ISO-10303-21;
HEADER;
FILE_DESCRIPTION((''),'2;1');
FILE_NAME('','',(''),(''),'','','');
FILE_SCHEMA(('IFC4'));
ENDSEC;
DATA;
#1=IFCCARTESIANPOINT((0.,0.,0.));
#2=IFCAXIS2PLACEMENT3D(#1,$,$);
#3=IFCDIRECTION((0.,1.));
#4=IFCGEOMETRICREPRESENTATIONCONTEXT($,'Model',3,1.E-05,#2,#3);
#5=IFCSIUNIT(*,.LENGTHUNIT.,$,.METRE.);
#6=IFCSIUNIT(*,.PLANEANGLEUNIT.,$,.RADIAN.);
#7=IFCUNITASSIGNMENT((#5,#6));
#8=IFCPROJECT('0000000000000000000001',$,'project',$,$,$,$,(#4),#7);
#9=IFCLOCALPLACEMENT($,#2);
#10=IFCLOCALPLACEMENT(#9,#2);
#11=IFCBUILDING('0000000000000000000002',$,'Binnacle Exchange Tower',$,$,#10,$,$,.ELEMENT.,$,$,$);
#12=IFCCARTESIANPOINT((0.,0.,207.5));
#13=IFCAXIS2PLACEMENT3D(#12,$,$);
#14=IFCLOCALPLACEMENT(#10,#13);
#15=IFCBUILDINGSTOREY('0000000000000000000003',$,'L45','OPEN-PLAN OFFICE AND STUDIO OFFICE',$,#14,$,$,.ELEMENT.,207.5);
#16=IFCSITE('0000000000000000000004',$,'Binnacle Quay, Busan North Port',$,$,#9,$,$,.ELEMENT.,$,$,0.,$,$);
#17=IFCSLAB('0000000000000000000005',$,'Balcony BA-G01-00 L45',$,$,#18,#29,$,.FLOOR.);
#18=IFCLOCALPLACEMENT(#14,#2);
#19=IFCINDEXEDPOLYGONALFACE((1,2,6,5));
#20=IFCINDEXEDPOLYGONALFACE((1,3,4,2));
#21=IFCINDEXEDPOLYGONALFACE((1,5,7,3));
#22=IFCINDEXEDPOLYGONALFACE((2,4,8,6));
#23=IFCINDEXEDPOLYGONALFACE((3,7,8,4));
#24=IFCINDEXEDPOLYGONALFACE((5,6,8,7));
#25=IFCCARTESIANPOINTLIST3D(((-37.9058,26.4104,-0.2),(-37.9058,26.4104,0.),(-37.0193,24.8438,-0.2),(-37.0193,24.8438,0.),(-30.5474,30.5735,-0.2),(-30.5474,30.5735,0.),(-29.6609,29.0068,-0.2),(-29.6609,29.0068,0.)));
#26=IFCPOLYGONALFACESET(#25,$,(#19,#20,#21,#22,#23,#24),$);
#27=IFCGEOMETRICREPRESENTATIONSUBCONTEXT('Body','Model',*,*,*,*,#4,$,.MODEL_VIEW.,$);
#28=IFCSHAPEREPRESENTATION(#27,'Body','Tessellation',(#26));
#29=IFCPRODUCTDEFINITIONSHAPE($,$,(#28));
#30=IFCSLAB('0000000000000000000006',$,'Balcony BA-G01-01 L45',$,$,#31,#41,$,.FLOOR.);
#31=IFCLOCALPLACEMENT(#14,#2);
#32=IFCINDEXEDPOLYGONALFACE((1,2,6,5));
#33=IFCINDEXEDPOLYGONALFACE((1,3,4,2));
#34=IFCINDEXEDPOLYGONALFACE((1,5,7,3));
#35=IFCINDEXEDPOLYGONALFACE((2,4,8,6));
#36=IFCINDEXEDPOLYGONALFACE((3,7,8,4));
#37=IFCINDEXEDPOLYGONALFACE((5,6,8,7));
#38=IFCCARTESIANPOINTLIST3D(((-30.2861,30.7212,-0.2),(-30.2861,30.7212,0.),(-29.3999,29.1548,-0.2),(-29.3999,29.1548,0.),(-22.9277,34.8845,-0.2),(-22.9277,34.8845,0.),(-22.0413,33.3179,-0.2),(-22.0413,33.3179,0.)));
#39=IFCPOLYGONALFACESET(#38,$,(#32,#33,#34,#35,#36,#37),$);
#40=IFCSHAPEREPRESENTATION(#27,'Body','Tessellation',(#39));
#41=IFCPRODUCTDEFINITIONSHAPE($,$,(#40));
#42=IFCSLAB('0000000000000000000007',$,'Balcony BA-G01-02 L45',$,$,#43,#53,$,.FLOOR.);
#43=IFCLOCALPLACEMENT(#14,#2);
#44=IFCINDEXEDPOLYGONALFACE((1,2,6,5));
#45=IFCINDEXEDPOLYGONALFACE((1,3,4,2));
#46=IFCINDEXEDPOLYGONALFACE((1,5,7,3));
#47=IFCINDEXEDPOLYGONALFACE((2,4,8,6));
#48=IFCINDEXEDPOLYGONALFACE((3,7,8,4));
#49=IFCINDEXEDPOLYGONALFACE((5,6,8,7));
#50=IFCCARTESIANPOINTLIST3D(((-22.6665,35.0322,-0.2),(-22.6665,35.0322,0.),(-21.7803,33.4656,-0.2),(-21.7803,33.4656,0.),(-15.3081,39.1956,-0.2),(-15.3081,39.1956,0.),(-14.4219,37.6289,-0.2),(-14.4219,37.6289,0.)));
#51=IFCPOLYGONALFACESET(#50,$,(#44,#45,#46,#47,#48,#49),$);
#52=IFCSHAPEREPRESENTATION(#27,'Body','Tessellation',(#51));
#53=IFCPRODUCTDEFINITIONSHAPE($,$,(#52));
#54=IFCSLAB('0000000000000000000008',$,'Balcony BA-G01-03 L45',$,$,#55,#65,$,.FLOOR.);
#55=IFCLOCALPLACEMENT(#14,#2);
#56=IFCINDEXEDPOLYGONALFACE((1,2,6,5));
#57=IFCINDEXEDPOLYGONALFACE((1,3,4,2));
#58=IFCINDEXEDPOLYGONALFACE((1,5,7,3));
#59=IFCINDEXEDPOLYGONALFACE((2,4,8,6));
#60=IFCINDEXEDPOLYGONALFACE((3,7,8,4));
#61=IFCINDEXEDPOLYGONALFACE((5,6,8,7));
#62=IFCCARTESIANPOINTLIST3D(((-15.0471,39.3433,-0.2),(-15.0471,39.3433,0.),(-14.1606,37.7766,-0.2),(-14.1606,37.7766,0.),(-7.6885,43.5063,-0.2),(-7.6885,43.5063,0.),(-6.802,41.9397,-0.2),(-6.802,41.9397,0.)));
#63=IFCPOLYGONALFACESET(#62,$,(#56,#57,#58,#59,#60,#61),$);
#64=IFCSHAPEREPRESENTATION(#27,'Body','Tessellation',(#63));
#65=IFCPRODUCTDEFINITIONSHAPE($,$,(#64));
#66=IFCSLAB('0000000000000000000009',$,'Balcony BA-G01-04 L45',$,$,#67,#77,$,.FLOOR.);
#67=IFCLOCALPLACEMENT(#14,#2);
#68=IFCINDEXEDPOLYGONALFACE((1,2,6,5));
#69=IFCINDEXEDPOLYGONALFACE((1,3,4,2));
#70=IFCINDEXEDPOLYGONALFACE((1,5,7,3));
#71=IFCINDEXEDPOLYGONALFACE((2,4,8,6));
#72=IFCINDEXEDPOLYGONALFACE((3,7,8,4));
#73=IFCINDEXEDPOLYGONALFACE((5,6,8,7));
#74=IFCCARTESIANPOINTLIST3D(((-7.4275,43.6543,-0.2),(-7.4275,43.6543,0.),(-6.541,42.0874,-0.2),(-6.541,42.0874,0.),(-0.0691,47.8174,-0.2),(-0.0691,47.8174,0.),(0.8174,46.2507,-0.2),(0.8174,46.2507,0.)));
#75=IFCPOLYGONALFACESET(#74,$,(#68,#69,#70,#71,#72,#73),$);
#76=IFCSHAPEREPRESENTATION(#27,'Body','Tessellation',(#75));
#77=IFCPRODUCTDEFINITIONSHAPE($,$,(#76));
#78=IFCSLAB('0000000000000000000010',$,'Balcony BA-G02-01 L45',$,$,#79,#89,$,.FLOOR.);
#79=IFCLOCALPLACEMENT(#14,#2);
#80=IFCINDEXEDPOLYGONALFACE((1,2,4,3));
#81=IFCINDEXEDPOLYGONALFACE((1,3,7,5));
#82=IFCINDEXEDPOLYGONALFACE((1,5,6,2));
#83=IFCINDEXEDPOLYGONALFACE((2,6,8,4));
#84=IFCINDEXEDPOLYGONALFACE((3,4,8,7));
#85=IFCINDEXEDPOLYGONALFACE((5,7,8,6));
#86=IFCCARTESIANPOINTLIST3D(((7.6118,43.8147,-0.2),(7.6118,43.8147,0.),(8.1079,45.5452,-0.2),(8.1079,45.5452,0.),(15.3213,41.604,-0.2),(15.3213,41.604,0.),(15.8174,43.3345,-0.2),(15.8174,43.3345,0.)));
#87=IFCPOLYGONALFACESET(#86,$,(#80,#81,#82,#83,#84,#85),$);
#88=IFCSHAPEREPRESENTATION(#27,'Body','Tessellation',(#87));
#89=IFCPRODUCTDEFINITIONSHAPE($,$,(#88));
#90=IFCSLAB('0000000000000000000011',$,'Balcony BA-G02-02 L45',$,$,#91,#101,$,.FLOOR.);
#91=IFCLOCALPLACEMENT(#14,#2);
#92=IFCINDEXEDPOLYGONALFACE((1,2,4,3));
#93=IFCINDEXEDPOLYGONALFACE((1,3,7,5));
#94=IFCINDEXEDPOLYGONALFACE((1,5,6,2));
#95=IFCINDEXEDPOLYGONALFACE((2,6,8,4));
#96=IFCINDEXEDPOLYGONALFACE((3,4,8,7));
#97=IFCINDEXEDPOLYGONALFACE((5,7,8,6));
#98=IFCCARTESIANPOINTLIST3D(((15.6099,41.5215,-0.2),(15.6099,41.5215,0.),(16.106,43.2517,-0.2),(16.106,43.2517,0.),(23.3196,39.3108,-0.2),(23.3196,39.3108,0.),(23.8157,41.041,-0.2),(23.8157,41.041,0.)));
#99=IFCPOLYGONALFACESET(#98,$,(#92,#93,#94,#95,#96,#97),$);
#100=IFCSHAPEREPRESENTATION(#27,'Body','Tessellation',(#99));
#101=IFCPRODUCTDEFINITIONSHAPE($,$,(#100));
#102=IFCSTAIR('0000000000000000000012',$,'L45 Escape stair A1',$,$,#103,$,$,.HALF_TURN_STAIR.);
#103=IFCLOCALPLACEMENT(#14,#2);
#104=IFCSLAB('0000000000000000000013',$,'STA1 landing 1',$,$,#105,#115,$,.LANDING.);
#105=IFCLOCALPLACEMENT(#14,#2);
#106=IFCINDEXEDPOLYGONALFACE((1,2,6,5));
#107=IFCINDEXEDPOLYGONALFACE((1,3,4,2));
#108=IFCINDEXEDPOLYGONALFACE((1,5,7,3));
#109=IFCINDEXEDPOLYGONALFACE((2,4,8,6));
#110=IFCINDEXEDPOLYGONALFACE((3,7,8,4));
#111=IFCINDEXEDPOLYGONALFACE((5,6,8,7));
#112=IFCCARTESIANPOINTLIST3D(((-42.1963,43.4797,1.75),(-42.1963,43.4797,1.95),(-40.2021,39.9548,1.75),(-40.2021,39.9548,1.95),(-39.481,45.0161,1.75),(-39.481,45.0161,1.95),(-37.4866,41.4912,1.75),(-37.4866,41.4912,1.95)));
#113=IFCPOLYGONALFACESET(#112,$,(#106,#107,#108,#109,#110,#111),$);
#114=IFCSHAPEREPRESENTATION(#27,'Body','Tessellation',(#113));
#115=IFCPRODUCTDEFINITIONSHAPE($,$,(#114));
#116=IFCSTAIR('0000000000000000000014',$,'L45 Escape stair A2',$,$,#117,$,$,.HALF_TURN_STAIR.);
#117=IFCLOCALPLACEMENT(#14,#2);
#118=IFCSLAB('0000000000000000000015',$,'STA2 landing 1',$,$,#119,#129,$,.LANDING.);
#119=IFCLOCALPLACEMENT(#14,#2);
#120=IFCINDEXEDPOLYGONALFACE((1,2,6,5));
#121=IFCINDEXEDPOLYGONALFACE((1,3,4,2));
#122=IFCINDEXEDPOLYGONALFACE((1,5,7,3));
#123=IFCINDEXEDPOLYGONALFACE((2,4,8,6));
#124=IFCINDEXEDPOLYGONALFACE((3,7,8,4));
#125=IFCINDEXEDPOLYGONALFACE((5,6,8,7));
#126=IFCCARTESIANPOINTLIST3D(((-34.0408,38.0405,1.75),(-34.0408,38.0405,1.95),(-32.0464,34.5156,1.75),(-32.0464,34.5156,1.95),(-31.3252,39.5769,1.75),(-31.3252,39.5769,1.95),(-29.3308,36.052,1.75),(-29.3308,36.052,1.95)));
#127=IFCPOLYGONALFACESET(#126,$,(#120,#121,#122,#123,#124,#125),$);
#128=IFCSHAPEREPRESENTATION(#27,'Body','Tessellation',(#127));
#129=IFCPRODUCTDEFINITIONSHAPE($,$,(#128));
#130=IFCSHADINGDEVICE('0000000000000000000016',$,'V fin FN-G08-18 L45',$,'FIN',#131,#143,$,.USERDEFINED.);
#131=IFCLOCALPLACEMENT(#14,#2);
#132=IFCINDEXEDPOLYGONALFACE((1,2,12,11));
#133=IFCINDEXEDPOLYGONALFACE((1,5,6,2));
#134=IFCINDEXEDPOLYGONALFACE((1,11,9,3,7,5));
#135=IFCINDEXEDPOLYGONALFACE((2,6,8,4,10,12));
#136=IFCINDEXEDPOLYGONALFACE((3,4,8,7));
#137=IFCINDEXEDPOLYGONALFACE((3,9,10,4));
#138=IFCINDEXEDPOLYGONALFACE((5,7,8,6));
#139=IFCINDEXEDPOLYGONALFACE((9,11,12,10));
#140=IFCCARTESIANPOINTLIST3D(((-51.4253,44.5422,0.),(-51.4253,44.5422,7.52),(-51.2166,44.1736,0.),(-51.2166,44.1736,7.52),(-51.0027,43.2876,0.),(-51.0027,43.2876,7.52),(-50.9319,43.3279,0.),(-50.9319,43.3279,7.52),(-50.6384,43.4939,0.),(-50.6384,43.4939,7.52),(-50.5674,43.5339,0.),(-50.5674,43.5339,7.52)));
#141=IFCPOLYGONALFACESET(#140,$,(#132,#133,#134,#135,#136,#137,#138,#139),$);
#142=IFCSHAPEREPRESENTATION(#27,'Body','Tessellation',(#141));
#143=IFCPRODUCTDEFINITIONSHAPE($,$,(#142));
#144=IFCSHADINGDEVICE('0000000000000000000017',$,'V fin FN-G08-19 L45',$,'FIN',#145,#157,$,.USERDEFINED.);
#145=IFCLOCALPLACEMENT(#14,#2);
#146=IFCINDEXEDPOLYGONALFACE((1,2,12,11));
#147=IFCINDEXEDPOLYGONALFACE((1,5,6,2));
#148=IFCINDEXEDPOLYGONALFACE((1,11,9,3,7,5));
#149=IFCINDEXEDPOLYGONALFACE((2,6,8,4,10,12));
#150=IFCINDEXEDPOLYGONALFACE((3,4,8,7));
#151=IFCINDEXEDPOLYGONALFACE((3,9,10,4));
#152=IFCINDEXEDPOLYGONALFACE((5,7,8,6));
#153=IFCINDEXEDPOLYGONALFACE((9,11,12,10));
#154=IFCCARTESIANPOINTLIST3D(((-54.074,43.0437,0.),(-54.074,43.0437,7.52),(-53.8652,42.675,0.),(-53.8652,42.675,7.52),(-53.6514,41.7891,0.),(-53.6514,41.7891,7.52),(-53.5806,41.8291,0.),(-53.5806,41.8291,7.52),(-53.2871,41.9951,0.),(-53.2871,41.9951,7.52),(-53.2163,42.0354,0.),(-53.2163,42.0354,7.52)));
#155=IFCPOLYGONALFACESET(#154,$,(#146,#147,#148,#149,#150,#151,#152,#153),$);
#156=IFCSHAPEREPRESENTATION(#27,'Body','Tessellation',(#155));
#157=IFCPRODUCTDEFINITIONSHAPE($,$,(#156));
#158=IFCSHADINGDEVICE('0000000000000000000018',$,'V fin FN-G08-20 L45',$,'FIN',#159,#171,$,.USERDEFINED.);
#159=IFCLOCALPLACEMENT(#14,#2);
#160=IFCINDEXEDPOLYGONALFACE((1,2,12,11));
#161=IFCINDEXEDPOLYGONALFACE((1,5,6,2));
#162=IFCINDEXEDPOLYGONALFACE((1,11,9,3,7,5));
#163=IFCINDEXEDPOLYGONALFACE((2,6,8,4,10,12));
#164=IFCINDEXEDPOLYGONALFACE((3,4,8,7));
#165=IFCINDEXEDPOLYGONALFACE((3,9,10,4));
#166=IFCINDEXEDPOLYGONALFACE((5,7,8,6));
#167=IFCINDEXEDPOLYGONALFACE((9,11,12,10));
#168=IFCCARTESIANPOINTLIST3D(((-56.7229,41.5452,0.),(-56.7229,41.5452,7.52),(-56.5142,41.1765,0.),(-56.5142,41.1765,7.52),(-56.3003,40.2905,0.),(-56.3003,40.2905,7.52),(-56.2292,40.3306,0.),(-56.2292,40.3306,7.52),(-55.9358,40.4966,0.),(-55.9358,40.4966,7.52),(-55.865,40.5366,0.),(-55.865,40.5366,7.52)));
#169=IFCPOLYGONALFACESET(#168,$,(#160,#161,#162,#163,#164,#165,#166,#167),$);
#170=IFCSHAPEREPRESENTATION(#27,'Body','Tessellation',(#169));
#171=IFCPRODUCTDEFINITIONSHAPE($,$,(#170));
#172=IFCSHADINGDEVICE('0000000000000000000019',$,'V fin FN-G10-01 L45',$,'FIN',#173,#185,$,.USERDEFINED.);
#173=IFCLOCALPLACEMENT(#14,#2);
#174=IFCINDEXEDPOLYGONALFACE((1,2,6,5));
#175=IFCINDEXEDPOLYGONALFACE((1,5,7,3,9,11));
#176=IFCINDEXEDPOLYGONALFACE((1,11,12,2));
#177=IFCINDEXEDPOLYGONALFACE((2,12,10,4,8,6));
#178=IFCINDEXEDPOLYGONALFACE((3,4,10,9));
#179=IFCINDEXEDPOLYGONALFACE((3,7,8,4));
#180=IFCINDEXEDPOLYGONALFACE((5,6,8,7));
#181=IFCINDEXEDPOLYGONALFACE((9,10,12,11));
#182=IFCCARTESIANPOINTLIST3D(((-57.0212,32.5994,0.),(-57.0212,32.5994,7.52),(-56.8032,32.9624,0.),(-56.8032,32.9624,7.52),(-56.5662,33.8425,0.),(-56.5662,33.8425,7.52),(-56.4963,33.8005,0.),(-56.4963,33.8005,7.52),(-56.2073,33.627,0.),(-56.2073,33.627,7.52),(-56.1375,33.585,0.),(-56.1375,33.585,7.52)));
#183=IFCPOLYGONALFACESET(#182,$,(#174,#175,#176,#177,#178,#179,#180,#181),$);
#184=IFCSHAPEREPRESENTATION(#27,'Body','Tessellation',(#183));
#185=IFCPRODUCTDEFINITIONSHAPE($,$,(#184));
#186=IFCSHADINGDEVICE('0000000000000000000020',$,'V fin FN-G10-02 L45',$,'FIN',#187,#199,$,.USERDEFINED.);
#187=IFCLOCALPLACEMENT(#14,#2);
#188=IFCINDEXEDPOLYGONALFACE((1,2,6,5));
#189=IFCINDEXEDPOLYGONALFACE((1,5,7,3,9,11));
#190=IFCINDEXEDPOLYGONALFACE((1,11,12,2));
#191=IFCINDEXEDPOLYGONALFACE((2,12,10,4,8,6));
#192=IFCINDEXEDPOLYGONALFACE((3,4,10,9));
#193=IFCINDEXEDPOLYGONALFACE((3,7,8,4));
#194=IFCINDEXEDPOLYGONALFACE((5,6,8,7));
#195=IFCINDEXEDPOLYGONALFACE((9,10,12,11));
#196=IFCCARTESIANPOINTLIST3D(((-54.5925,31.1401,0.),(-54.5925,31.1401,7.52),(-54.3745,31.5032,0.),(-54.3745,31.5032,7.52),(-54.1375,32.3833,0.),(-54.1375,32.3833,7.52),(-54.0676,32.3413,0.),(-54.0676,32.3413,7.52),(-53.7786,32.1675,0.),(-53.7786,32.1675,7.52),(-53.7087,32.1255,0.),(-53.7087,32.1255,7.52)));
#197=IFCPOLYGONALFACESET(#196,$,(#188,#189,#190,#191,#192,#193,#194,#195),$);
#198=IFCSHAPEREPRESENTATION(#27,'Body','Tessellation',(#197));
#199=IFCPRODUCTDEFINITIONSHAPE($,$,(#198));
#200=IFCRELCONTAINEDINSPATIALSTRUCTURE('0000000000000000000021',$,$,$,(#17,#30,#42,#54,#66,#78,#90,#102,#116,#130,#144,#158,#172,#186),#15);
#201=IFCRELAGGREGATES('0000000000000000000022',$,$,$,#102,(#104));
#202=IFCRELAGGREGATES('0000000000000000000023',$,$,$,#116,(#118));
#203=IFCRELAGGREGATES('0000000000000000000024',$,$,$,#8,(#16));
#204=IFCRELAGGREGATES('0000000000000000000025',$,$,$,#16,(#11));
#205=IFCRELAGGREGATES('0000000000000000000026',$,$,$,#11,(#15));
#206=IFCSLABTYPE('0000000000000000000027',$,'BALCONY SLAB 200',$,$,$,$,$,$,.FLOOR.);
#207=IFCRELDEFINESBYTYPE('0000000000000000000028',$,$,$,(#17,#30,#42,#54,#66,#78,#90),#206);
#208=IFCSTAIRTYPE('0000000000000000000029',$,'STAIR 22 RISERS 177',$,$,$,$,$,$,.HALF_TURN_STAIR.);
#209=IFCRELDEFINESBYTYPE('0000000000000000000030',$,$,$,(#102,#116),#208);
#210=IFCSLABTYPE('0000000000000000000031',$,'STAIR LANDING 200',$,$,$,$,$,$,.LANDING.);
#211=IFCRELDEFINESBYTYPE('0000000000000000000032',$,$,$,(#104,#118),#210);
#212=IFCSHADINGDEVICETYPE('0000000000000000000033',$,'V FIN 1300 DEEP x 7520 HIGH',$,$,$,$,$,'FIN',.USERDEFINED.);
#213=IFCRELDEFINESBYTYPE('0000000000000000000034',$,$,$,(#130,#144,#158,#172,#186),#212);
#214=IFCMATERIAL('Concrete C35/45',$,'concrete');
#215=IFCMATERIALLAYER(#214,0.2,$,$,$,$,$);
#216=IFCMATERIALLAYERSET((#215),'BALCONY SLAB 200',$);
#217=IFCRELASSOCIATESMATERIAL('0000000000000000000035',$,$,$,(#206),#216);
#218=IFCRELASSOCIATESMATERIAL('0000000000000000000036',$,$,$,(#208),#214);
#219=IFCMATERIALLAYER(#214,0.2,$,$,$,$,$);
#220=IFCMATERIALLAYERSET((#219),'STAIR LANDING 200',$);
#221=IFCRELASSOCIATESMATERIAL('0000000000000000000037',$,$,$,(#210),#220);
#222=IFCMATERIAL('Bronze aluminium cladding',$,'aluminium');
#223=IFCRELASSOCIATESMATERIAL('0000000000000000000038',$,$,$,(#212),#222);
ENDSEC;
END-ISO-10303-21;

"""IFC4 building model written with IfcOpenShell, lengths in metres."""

from ifc_helpers import new_model, si_unit, direction, frame, origin, place, context, subcontext, project, spatial, polyline, outline, extrude, material, layer, layer_set, type_object, element, aggregate, save


model = new_model("IFC4")

# Units and contexts
model_context = context("Model", 3, precision=1e-05, world=origin(), true_north=direction((0.0, 1.0)))
body_context = subcontext(model_context, "Body", "Model", "MODEL_VIEW")
ifc_project = project(units=[si_unit("LENGTHUNIT", "METRE"), si_unit("PLANEANGLEUNIT", "RADIAN")], contexts=[model_context])

# Site, building, storey
site_placement = place(None, origin())
site = spatial("IfcSite", under=ifc_project, at=site_placement, Name="Binnacle Quay, Busan North Port", CompositionType="ELEMENT", RefElevation=0.0)
building_placement = place(site_placement, origin())
building = spatial("IfcBuilding", under=site, at=building_placement, Name="Binnacle Exchange Tower", CompositionType="ELEMENT")
storey_placement = place(building_placement, frame((0.0, 0.0, 207.5)))
storey = spatial("IfcBuildingStorey", under=building, at=storey_placement, Name="L45", Description="OPEN-PLAN OFFICE AND STUDIO OFFICE", CompositionType="ELEMENT", Elevation=207.5)

# Slabs
ifc_material_1 = material(Name="Concrete C35/45", Category="concrete")
ifc_layer_1 = layer(ifc_material_1, 0.2)
ifc_layer_set_1 = layer_set([ifc_layer_1], Name="BALCONY SLAB 200")
slab_type_1 = type_object("IfcSlabType", Name="BALCONY SLAB 200", PredefinedType="FLOOR", material=ifc_layer_set_1)
slab_1_placement = place(storey_placement, frame((0.0, 0.0, -0.2)))
element("IfcSlab", 1, at=slab_1_placement, inside=storey, type_object=slab_type_1, Name="Balcony BA-G01-00 L45", PredefinedType="FLOOR", context=body_context, shape_type="SweptSolid", body=[
    extrude(outline(polyline([(-37.9058, 26.4104), (-30.5474, 30.5735), (-29.6609, 29.0068), (-37.0193, 24.8438), (-37.9058, 26.4104)])), origin(), (0.0, 0.0, 1.0), 0.2),
])
slab_2_placement = place(storey_placement, frame((0.0, 0.0, -0.2)))
element("IfcSlab", 2, at=slab_2_placement, inside=storey, type_object=slab_type_1, Name="Balcony BA-G01-01 L45", PredefinedType="FLOOR", context=body_context, shape_type="SweptSolid", body=[
    extrude(outline(polyline([(-30.2861, 30.7212), (-22.9277, 34.8845), (-22.0413, 33.3179), (-29.3999, 29.1548), (-30.2861, 30.7212)])), origin(), (0.0, 0.0, 1.0), 0.2),
])
slab_3_placement = place(storey_placement, frame((0.0, 0.0, -0.2)))
element("IfcSlab", 3, at=slab_3_placement, inside=storey, type_object=slab_type_1, Name="Balcony BA-G01-02 L45", PredefinedType="FLOOR", context=body_context, shape_type="SweptSolid", body=[
    extrude(outline(polyline([(-22.6665, 35.0322), (-15.3081, 39.1956), (-14.4219, 37.6289), (-21.7803, 33.4656), (-22.6665, 35.0322)])), origin(), (0.0, 0.0, 1.0), 0.2),
])
slab_4_placement = place(storey_placement, frame((0.0, 0.0, -0.2)))
element("IfcSlab", 4, at=slab_4_placement, inside=storey, type_object=slab_type_1, Name="Balcony BA-G01-03 L45", PredefinedType="FLOOR", context=body_context, shape_type="SweptSolid", body=[
    extrude(outline(polyline([(-15.0471, 39.3433), (-7.6885, 43.5063), (-6.802, 41.9397), (-14.1606, 37.7766), (-15.0471, 39.3433)])), origin(), (0.0, 0.0, 1.0), 0.2),
])
slab_5_placement = place(storey_placement, frame((0.0, 0.0, -0.2)))
element("IfcSlab", 5, at=slab_5_placement, inside=storey, type_object=slab_type_1, Name="Balcony BA-G01-04 L45", PredefinedType="FLOOR", context=body_context, shape_type="SweptSolid", body=[
    extrude(outline(polyline([(-7.4275, 43.6543), (-0.0691, 47.8174), (0.8174, 46.2507), (-6.541, 42.0874), (-7.4275, 43.6543)])), origin(), (0.0, 0.0, 1.0), 0.2),
])
slab_6_placement = place(storey_placement, frame((0.0, 0.0, -0.2)))
element("IfcSlab", 6, at=slab_6_placement, inside=storey, type_object=slab_type_1, Name="Balcony BA-G02-01 L45", PredefinedType="FLOOR", context=body_context, shape_type="SweptSolid", body=[
    extrude(outline(polyline([(8.1079, 45.5452), (15.8174, 43.3345), (15.3213, 41.604), (7.6118, 43.8147), (8.1079, 45.5452)])), origin(), (0.0, 0.0, 1.0), 0.2),
])
slab_7_placement = place(storey_placement, frame((0.0, 0.0, -0.2)))
element("IfcSlab", 7, at=slab_7_placement, inside=storey, type_object=slab_type_1, Name="Balcony BA-G02-02 L45", PredefinedType="FLOOR", context=body_context, shape_type="SweptSolid", body=[
    extrude(outline(polyline([(16.106, 43.2517), (23.8157, 41.041), (23.3196, 39.3108), (15.6099, 41.5215), (16.106, 43.2517)])), origin(), (0.0, 0.0, 1.0), 0.2),
])

# Stairs, slabs
stair_type = type_object("IfcStairType", Name="STAIR 22 RISERS 177", PredefinedType="HALF_TURN_STAIR", material=ifc_material_1)
stair_1_placement = place(storey_placement, origin())
stair_1 = element("IfcStair", 8, at=stair_1_placement, inside=storey, type_object=stair_type, Name="L45 Escape stair A1", PredefinedType="HALF_TURN_STAIR")
ifc_layer_2 = layer(ifc_material_1, 0.2)
ifc_layer_set_2 = layer_set([ifc_layer_2], Name="STAIR LANDING 200")
slab_type_2 = type_object("IfcSlabType", Name="STAIR LANDING 200", PredefinedType="LANDING", material=ifc_layer_set_2)
slab_8_placement = place(storey_placement, frame((0.0, 0.0, 1.75)))
slab_8 = element("IfcSlab", 9, at=slab_8_placement, type_object=slab_type_2, Name="STA1 landing 1", PredefinedType="LANDING", context=body_context, shape_type="SweptSolid", body=[
    extrude(outline(polyline([(-40.2021, 39.9548), (-37.4866, 41.4912), (-39.481, 45.0161), (-42.1963, 43.4797), (-40.2021, 39.9548)])), origin(), (0.0, 0.0, 1.0), 0.2),
])
aggregate(stair_1, [slab_8])
stair_2_placement = place(storey_placement, origin())
stair_2 = element("IfcStair", 10, at=stair_2_placement, inside=storey, type_object=stair_type, Name="L45 Escape stair A2", PredefinedType="HALF_TURN_STAIR")
slab_9_placement = place(storey_placement, frame((0.0, 0.0, 1.75)))
slab_9 = element("IfcSlab", 11, at=slab_9_placement, type_object=slab_type_2, Name="STA2 landing 1", PredefinedType="LANDING", context=body_context, shape_type="SweptSolid", body=[
    extrude(outline(polyline([(-31.3252, 39.5769), (-34.0408, 38.0405), (-32.0464, 34.5156), (-29.3308, 36.052), (-31.3252, 39.5769)])), origin(), (0.0, 0.0, 1.0), 0.2),
])
aggregate(stair_2, [slab_9])

# Shading devices
ifc_material_2 = material(Name="Bronze aluminium cladding", Category="aluminium")
shading_device_type = type_object("IfcShadingDeviceType", Name="V FIN 1300 DEEP x 7520 HIGH", ElementType="FIN", PredefinedType="USERDEFINED", material=ifc_material_2)
shading_device_1_placement = place(storey_placement, origin())
element("IfcShadingDevice", 12, at=shading_device_1_placement, inside=storey, type_object=shading_device_type, Name="V fin FN-G08-18 L45", ObjectType="FIN", PredefinedType="USERDEFINED", context=body_context, shape_type="SweptSolid", body=[
    extrude(outline(polyline([(-50.5674, 43.5339), (-51.4253, 44.5422), (-51.0027, 43.2876), (-50.9319, 43.3279), (-51.2166, 44.1736), (-50.6384, 43.4939), (-50.5674, 43.5339)])), origin(), (0.0, 0.0, 1.0), 7.52),
])
shading_device_2_placement = place(storey_placement, origin())
element("IfcShadingDevice", 13, at=shading_device_2_placement, inside=storey, type_object=shading_device_type, Name="V fin FN-G08-19 L45", ObjectType="FIN", PredefinedType="USERDEFINED", context=body_context, shape_type="SweptSolid", body=[
    extrude(outline(polyline([(-53.2163, 42.0354), (-54.074, 43.0437), (-53.6514, 41.7891), (-53.5806, 41.8291), (-53.8652, 42.675), (-53.2871, 41.9951), (-53.2163, 42.0354)])), origin(), (0.0, 0.0, 1.0), 7.52),
])
shading_device_3_placement = place(storey_placement, origin())
element("IfcShadingDevice", 14, at=shading_device_3_placement, inside=storey, type_object=shading_device_type, Name="V fin FN-G08-20 L45", ObjectType="FIN", PredefinedType="USERDEFINED", context=body_context, shape_type="SweptSolid", body=[
    extrude(outline(polyline([(-55.865, 40.5366), (-56.7229, 41.5452), (-56.3003, 40.2905), (-56.2292, 40.3306), (-56.5142, 41.1765), (-55.9358, 40.4966), (-55.865, 40.5366)])), origin(), (0.0, 0.0, 1.0), 7.52),
])
shading_device_4_placement = place(storey_placement, origin())
element("IfcShadingDevice", 15, at=shading_device_4_placement, inside=storey, type_object=shading_device_type, Name="V fin FN-G10-01 L45", ObjectType="FIN", PredefinedType="USERDEFINED", context=body_context, shape_type="SweptSolid", body=[
    extrude(outline(polyline([(-56.5662, 33.8425), (-57.0212, 32.5994), (-56.1375, 33.585), (-56.2073, 33.627), (-56.8032, 32.9624), (-56.4963, 33.8005), (-56.5662, 33.8425)])), origin(), (0.0, 0.0, 1.0), 7.52),
])
shading_device_5_placement = place(storey_placement, origin())
element("IfcShadingDevice", 16, at=shading_device_5_placement, inside=storey, type_object=shading_device_type, Name="V fin FN-G10-02 L45", ObjectType="FIN", PredefinedType="USERDEFINED", context=body_context, shape_type="SweptSolid", body=[
    extrude(outline(polyline([(-54.1375, 32.3833), (-54.5925, 31.1401), (-53.7087, 32.1255), (-53.7786, 32.1675), (-54.3745, 31.5032), (-54.0676, 32.3413), (-54.1375, 32.3833)])), origin(), (0.0, 0.0, 1.0), 7.52),
])

save(model, "model.ifc")
